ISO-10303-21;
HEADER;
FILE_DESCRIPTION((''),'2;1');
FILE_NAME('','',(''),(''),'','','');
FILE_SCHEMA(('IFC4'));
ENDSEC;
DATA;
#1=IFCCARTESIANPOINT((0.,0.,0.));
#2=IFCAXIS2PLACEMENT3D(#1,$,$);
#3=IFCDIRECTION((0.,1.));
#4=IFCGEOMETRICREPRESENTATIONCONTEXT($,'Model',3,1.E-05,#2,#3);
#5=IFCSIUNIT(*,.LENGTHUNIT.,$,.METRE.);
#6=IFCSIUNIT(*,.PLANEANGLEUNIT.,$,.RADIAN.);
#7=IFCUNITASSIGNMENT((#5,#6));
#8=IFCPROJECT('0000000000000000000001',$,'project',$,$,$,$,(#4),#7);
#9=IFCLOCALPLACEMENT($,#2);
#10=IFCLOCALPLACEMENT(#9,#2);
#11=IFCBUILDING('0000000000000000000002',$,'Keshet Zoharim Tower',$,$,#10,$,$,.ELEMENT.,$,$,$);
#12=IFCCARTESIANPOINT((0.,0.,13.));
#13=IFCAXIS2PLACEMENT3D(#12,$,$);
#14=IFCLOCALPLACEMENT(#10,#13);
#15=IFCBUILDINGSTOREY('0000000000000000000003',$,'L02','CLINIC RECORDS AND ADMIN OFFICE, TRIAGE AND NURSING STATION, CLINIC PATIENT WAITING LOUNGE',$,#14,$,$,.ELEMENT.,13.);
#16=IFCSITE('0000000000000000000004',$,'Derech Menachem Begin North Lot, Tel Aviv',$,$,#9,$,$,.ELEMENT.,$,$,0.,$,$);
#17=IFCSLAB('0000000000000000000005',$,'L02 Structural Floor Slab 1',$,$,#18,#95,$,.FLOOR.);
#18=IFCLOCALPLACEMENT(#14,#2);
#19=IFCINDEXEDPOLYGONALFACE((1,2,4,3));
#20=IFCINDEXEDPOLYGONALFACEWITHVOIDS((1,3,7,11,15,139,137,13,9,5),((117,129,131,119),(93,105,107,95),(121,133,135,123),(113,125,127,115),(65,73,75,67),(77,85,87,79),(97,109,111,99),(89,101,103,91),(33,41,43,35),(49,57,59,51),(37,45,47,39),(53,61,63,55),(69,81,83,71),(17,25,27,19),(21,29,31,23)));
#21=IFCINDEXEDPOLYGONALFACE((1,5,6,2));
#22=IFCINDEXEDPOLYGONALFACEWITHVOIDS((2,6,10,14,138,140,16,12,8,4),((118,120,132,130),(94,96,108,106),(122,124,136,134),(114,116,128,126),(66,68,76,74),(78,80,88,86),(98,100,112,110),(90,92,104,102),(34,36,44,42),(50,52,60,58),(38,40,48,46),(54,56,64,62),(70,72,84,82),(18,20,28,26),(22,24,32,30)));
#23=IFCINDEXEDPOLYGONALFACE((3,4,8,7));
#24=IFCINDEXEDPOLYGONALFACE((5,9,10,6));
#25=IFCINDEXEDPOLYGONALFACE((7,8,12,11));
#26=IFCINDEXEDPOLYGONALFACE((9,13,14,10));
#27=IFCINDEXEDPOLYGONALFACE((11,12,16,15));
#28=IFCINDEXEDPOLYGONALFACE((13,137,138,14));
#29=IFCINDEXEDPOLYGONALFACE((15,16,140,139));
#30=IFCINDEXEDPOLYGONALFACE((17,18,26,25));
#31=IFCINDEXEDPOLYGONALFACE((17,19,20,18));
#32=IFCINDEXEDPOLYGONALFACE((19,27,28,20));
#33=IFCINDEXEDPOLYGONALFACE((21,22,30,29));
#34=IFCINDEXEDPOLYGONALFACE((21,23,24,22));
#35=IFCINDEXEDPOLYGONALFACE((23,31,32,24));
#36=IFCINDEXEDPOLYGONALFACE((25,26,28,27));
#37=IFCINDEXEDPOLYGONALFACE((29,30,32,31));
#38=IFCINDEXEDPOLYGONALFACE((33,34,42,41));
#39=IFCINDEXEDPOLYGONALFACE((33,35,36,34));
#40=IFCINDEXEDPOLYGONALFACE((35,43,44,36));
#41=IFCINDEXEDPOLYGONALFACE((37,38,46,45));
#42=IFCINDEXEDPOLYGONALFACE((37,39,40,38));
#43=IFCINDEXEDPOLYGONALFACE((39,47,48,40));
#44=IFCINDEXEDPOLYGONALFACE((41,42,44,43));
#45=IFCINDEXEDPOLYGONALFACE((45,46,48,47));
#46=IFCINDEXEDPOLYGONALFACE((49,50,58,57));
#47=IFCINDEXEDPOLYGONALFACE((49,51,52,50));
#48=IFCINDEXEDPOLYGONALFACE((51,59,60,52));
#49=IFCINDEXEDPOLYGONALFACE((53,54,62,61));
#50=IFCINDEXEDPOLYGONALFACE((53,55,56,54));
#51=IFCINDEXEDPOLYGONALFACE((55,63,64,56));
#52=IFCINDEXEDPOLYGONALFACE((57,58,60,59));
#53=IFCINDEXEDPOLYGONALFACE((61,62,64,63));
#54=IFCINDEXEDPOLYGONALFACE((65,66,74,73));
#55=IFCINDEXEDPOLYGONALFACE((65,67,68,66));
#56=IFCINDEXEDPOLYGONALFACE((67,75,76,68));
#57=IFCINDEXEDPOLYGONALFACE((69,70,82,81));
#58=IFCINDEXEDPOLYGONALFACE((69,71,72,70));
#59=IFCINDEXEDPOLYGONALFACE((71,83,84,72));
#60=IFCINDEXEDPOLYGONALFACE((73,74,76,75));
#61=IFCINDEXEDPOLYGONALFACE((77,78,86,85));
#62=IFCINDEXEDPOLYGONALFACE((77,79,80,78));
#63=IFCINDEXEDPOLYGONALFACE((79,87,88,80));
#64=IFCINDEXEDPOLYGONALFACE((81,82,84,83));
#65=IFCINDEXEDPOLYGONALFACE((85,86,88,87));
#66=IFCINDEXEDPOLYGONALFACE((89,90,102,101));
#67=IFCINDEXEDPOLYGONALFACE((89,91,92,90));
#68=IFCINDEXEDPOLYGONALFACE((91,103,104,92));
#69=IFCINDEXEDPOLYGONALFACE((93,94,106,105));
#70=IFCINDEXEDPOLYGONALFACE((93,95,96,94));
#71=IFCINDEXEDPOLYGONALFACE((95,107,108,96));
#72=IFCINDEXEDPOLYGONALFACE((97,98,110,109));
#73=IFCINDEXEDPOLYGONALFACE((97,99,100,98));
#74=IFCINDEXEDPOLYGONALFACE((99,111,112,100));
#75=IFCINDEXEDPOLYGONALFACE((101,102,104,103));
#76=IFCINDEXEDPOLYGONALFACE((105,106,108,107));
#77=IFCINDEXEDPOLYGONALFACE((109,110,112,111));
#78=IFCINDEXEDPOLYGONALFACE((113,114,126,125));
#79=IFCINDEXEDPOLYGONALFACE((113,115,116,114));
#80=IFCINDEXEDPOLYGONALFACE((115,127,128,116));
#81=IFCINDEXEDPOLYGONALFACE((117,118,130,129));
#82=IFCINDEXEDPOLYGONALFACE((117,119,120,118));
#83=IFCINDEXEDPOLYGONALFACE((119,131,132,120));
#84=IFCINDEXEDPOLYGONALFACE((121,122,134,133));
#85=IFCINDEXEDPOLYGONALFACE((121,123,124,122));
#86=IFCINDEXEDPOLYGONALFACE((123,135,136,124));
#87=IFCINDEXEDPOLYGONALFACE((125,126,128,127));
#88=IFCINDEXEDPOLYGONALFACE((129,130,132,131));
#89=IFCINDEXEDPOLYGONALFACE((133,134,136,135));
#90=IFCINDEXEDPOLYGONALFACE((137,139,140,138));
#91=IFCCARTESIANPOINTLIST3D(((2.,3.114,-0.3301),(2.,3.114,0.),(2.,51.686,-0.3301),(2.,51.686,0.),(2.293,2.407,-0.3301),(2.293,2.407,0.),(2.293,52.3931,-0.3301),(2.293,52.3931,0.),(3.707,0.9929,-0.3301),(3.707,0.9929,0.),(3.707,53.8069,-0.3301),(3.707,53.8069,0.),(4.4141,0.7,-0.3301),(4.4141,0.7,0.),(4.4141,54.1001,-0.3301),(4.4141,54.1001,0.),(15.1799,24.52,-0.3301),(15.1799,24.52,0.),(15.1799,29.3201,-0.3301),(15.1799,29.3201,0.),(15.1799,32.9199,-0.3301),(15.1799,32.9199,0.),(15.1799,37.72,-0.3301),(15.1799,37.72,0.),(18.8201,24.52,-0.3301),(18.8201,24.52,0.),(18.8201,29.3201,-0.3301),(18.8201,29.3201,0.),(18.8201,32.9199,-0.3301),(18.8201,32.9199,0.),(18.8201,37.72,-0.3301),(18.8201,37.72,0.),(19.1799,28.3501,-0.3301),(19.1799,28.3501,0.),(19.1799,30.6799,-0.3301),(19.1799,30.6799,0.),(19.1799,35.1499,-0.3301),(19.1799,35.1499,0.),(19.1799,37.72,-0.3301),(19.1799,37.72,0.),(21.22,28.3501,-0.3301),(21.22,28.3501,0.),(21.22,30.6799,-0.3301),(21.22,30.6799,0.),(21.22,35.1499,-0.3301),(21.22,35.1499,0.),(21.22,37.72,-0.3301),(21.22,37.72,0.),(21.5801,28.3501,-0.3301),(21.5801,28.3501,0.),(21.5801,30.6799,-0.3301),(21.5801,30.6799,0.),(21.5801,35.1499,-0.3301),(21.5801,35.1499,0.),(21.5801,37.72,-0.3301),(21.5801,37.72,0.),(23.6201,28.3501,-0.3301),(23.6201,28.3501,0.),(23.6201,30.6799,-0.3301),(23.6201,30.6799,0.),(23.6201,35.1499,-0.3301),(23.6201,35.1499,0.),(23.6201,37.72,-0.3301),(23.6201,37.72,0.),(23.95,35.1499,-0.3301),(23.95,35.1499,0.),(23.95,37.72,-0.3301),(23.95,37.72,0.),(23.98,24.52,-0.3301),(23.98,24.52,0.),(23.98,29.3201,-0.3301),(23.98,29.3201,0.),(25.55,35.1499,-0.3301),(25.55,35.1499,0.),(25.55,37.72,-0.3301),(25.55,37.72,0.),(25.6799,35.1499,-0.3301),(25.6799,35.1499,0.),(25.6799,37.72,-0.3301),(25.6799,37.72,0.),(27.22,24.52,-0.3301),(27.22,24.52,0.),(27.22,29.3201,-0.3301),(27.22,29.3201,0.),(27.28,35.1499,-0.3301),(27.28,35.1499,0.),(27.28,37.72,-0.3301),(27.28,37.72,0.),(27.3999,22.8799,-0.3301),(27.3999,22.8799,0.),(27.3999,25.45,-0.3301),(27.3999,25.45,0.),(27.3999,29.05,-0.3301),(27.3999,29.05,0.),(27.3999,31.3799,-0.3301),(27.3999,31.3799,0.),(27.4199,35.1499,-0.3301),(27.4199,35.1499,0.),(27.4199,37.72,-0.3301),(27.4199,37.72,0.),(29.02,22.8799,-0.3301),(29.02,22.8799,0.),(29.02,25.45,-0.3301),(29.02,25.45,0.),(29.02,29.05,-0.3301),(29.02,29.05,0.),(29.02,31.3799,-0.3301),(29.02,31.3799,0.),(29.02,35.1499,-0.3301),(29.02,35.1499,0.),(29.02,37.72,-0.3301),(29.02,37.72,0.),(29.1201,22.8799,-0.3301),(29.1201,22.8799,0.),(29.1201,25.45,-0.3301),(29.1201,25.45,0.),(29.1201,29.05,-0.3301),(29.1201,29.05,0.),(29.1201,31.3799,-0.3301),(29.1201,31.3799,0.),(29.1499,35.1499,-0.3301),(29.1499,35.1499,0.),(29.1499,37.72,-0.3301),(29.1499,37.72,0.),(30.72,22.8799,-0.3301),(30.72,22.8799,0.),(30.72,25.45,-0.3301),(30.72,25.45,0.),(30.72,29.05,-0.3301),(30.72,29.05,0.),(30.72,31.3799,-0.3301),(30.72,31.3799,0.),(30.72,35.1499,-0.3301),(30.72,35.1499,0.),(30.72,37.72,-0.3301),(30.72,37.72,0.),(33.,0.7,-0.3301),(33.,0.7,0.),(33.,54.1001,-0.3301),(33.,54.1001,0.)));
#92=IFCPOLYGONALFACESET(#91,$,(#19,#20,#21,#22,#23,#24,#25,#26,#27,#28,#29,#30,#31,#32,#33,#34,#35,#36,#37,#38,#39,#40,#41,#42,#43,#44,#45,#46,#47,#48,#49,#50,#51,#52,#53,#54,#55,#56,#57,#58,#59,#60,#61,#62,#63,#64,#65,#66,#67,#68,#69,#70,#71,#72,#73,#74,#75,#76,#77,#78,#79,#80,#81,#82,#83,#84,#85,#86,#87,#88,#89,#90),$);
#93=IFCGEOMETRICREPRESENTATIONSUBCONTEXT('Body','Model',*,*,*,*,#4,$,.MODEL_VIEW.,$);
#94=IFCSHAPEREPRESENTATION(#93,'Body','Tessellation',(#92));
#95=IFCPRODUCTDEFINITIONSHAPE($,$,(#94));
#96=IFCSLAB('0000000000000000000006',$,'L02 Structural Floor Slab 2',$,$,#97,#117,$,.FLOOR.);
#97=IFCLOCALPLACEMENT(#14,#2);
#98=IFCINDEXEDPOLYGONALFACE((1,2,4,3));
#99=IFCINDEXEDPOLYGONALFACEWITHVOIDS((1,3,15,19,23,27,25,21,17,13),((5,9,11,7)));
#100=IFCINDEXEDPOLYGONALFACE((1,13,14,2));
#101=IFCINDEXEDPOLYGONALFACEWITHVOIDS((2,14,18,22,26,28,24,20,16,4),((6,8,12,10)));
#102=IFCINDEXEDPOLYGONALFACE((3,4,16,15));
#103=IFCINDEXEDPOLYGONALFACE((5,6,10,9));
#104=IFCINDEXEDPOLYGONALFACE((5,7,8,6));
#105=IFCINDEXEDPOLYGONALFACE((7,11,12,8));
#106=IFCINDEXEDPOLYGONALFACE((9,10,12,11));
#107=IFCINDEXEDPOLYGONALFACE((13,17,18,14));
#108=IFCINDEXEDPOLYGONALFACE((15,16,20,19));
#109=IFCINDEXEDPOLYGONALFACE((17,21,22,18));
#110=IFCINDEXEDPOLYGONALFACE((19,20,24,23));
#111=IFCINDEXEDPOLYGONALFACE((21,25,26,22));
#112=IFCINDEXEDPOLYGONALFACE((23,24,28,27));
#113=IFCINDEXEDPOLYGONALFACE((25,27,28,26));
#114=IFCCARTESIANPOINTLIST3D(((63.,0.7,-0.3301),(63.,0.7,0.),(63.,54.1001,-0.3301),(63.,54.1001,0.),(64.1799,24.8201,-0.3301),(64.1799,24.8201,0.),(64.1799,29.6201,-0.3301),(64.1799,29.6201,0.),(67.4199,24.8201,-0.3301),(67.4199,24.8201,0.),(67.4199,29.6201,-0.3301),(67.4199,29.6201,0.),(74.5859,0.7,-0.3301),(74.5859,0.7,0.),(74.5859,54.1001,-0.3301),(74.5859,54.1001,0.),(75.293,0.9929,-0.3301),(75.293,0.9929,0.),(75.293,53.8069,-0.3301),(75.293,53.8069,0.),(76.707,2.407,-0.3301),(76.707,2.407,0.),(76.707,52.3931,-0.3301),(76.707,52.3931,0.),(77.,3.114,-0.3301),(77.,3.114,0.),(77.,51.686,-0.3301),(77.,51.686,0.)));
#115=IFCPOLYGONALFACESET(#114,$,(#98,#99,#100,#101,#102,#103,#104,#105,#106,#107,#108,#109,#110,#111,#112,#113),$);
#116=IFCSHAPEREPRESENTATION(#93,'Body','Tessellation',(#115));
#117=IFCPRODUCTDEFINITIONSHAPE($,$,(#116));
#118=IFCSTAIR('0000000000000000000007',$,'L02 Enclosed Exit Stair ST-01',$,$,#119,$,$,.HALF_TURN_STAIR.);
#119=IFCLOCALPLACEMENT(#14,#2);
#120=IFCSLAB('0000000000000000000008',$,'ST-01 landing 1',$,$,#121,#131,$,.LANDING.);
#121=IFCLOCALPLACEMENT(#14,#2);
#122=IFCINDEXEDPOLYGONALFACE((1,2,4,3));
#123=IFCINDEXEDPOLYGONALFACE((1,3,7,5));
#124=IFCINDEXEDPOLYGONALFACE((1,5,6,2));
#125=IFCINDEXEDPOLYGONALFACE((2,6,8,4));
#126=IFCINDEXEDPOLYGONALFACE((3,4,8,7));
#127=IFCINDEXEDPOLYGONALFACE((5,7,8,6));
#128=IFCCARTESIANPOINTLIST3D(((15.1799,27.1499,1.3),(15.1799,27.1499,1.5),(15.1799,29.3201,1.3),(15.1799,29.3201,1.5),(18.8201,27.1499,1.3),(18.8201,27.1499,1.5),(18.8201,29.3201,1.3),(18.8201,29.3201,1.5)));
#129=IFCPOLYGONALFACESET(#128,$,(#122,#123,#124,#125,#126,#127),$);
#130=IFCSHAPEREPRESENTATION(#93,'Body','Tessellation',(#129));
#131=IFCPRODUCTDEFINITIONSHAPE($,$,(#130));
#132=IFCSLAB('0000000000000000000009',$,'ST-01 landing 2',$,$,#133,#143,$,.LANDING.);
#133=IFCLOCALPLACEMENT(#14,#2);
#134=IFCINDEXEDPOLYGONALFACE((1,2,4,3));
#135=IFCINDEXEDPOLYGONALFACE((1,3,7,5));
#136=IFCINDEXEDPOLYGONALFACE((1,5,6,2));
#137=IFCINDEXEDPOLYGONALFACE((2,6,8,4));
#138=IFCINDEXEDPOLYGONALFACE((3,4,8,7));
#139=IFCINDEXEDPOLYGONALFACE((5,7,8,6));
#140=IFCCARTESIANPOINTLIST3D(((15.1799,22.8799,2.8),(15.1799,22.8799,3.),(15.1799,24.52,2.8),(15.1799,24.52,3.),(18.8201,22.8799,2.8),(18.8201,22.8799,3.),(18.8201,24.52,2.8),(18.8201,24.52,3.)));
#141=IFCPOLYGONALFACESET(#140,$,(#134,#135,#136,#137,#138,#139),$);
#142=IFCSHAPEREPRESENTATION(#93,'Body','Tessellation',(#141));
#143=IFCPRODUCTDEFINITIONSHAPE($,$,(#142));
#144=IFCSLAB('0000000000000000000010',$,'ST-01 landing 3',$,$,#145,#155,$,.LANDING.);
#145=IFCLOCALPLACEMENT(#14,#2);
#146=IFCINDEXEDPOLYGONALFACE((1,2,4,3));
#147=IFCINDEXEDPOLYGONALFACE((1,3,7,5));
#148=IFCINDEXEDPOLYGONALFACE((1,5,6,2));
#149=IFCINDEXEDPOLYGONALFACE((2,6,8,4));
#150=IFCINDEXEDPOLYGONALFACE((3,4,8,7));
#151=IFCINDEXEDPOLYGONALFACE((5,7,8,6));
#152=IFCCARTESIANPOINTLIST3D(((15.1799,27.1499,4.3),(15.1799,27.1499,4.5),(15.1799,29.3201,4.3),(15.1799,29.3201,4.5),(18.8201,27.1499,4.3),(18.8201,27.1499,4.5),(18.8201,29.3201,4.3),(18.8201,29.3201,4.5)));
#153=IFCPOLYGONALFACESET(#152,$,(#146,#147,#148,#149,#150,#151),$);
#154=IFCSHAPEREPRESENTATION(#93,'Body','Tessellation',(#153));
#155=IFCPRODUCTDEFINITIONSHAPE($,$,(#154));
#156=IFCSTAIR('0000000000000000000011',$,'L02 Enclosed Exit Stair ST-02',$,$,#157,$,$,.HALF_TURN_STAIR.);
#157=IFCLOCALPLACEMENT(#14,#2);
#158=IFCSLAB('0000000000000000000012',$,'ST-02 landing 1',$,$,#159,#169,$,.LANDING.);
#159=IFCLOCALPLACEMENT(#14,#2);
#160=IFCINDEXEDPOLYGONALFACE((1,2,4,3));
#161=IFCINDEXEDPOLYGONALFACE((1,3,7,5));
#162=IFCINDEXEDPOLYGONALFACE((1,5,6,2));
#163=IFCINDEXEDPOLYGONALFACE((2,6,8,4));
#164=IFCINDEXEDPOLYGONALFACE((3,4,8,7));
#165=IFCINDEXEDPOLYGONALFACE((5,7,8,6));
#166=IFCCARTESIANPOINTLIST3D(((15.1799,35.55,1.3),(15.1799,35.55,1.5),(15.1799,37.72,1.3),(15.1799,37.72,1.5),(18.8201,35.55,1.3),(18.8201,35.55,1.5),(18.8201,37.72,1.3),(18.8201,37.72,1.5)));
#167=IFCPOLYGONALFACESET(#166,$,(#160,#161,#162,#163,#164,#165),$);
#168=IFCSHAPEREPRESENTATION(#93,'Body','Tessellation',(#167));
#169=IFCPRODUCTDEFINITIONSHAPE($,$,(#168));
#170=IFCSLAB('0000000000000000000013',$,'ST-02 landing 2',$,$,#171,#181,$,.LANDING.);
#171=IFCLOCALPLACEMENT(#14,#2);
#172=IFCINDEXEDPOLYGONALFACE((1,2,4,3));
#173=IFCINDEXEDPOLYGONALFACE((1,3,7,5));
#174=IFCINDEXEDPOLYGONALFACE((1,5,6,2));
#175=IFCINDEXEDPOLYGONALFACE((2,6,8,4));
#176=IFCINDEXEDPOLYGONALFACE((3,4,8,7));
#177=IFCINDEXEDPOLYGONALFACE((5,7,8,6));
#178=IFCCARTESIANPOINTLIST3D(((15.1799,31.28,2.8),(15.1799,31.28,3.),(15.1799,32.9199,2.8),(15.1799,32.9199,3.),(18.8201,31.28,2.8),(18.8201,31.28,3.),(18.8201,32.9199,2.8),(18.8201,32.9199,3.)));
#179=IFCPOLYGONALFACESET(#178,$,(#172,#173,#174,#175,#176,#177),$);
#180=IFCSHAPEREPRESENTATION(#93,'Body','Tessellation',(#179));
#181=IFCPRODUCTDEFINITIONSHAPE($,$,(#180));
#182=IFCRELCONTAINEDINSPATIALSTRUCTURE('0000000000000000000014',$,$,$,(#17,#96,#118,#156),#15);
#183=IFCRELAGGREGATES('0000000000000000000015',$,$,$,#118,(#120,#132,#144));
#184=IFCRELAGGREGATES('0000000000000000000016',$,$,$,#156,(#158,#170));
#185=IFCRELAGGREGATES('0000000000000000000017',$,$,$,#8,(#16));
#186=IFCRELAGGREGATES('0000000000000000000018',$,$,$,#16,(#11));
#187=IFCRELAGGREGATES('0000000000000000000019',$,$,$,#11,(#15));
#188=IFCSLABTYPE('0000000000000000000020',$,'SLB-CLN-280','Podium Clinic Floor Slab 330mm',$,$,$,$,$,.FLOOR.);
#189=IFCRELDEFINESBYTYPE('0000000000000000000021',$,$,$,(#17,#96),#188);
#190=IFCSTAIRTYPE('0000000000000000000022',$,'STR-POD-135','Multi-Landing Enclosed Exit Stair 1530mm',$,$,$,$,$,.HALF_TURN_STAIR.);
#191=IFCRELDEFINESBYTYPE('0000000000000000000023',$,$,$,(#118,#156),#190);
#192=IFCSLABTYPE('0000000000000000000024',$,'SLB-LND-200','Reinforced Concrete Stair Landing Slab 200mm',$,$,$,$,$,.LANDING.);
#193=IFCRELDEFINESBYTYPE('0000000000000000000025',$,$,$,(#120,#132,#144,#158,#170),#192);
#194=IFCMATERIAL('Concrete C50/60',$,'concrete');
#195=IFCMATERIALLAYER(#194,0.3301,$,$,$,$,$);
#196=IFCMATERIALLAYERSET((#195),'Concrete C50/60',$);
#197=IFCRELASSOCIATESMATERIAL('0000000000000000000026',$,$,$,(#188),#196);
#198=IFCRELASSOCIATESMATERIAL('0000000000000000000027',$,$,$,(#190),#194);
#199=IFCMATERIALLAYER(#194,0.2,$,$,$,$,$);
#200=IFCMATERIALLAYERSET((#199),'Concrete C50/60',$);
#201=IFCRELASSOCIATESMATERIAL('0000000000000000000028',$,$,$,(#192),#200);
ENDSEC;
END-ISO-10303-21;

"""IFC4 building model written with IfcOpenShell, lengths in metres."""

from ifc_helpers import new_model, si_unit, direction, frame, origin, place, context, subcontext, project, spatial, polyline, outline, extrude, material, layer, layer_set, type_object, element, aggregate, save


model = new_model("IFC4")

# Units and contexts
model_context = context("Model", 3, precision=1e-05, world=origin(), true_north=direction((0.0, 1.0)))
body_context = subcontext(model_context, "Body", "Model", "MODEL_VIEW")
ifc_project = project(units=[si_unit("LENGTHUNIT", "METRE"), si_unit("PLANEANGLEUNIT", "RADIAN")], contexts=[model_context])

# Site, building, storey
site_placement = place(None, origin())
site = spatial("IfcSite", under=ifc_project, at=site_placement, Name="Derech Menachem Begin North Lot, Tel Aviv", CompositionType="ELEMENT", RefElevation=0.0)
building_placement = place(site_placement, origin())
building = spatial("IfcBuilding", under=site, at=building_placement, Name="Keshet Zoharim Tower", CompositionType="ELEMENT")
storey_placement = place(building_placement, frame((0.0, 0.0, 13.0)))
storey = spatial("IfcBuildingStorey", under=building, at=storey_placement, Name="L02", Description="CLINIC RECORDS AND ADMIN OFFICE, TRIAGE AND NURSING STATION, CLINIC PATIENT WAITING LOUNGE", CompositionType="ELEMENT", Elevation=13.0)

# Slabs
ifc_material_1 = material(Name="Concrete C50/60", Category="concrete")
ifc_layer_1 = layer(ifc_material_1, 0.3301)
ifc_layer_set_1 = layer_set([ifc_layer_1], Name="Concrete C50/60")
slab_type_1 = type_object("IfcSlabType", Name="SLB-CLN-280", Description="Podium Clinic Floor Slab 330mm", PredefinedType="FLOOR", material=ifc_layer_set_1)
slab_1_placement = place(storey_placement, frame((0.0, 0.0, -0.3301)))
element("IfcSlab", 1, at=slab_1_placement, inside=storey, type_object=slab_type_1, Name="L02 Structural Floor Slab 1", PredefinedType="FLOOR", context=body_context, shape_type="SweptSolid", body=[
    extrude(outline(polyline([(2.0, 3.114), (2.0, 51.686), (2.293, 52.3931), (3.707, 53.8069), (4.4141, 54.1001), (33.0, 54.1001), (33.0, 0.7), (4.4141, 0.7), (3.707, 0.9929), (2.293, 2.407), (2.0, 3.114)]), holes=[polyline([(15.1799, 24.52), (18.8201, 24.52), (18.8201, 29.3201), (15.1799, 29.3201), (15.1799, 24.52)]), polyline([(15.1799, 32.9199), (18.8201, 32.9199), (18.8201, 37.72), (15.1799, 37.72), (15.1799, 32.9199)]), polyline([(23.98, 24.52), (27.22, 24.52), (27.22, 29.3201), (23.98, 29.3201), (23.98, 24.52)]), polyline([(19.1799, 35.1499), (21.22, 35.1499), (21.22, 37.72), (19.1799, 37.72), (19.1799, 35.1499)]), polyline([(21.5801, 35.1499), (23.6201, 35.1499), (23.6201, 37.72), (21.5801, 37.72), (21.5801, 35.1499)]), polyline([(19.1799, 28.3501), (21.22, 28.3501), (21.22, 30.6799), (19.1799, 30.6799), (19.1799, 28.3501)]), polyline([(21.5801, 28.3501), (23.6201, 28.3501), (23.6201, 30.6799), (21.5801, 30.6799), (21.5801, 28.3501)]), polyline([(23.95, 35.1499), (25.55, 35.1499), (25.55, 37.72), (23.95, 37.72), (23.95, 35.1499)]), polyline([(25.6799, 35.1499), (27.28, 35.1499), (27.28, 37.72), (25.6799, 37.72), (25.6799, 35.1499)]), polyline([(27.4199, 35.1499), (29.02, 35.1499), (29.02, 37.72), (27.4199, 37.72), (27.4199, 35.1499)]), polyline([(29.1499, 35.1499), (30.72, 35.1499), (30.72, 37.72), (29.1499, 37.72), (29.1499, 35.1499)]), polyline([(27.3999, 29.05), (29.02, 29.05), (29.02, 31.3799), (27.3999, 31.3799), (27.3999, 29.05)]), polyline([(29.1201, 29.05), (30.72, 29.05), (30.72, 31.3799), (29.1201, 31.3799), (29.1201, 29.05)]), polyline([(27.3999, 22.8799), (29.02, 22.8799), (29.02, 25.45), (27.3999, 25.45), (27.3999, 22.8799)]), polyline([(29.1201, 22.8799), (30.72, 22.8799), (30.72, 25.45), (29.1201, 25.45), (29.1201, 22.8799)])]), origin(), (0.0, 0.0, 1.0), 0.3301),
])
slab_2_placement = place(storey_placement, frame((0.0, 0.0, -0.3301)))
element("IfcSlab", 2, at=slab_2_placement, inside=storey, type_object=slab_type_1, Name="L02 Structural Floor Slab 2", PredefinedType="FLOOR", context=body_context, shape_type="SweptSolid", body=[
    extrude(outline(polyline([(74.5859, 54.1001), (75.293, 53.8069), (76.707, 52.3931), (77.0, 51.686), (77.0, 3.114), (76.707, 2.407), (75.293, 0.9929), (74.5859, 0.7), (63.0, 0.7), (63.0, 54.1001), (74.5859, 54.1001)]), holes=[polyline([(64.1799, 24.8201), (67.4199, 24.8201), (67.4199, 29.6201), (64.1799, 29.6201), (64.1799, 24.8201)])]), origin(), (0.0, 0.0, 1.0), 0.3301),
])

# Stairs, slabs
stair_type = type_object("IfcStairType", Name="STR-POD-135", Description="Multi-Landing Enclosed Exit Stair 1530mm", PredefinedType="HALF_TURN_STAIR", material=ifc_material_1)
stair_1_placement = place(storey_placement, origin())
stair_1 = element("IfcStair", 3, at=stair_1_placement, inside=storey, type_object=stair_type, Name="L02 Enclosed Exit Stair ST-01", PredefinedType="HALF_TURN_STAIR")
ifc_layer_2 = layer(ifc_material_1, 0.2)
ifc_layer_set_2 = layer_set([ifc_layer_2], Name="Concrete C50/60")
slab_type_2 = type_object("IfcSlabType", Name="SLB-LND-200", Description="Reinforced Concrete Stair Landing Slab 200mm", PredefinedType="LANDING", material=ifc_layer_set_2)
slab_3_placement = place(storey_placement, frame((0.0, 0.0, 1.3)))
slab_3 = element("IfcSlab", 4, at=slab_3_placement, type_object=slab_type_2, Name="ST-01 landing 1", PredefinedType="LANDING", context=body_context, shape_type="SweptSolid", body=[
    extrude(outline(polyline([(15.1799, 27.1499), (18.8201, 27.1499), (18.8201, 29.3201), (15.1799, 29.3201), (15.1799, 27.1499)])), origin(), (0.0, 0.0, 1.0), 0.2),
])
slab_4_placement = place(storey_placement, frame((0.0, 0.0, 2.8)))
slab_4 = element("IfcSlab", 5, at=slab_4_placement, type_object=slab_type_2, Name="ST-01 landing 2", PredefinedType="LANDING", context=body_context, shape_type="SweptSolid", body=[
    extrude(outline(polyline([(15.1799, 22.8799), (18.8201, 22.8799), (18.8201, 24.52), (15.1799, 24.52), (15.1799, 22.8799)])), origin(), (0.0, 0.0, 1.0), 0.2),
])
slab_5_placement = place(storey_placement, frame((0.0, 0.0, 4.3)))
slab_5 = element("IfcSlab", 6, at=slab_5_placement, type_object=slab_type_2, Name="ST-01 landing 3", PredefinedType="LANDING", context=body_context, shape_type="SweptSolid", body=[
    extrude(outline(polyline([(15.1799, 27.1499), (18.8201, 27.1499), (18.8201, 29.3201), (15.1799, 29.3201), (15.1799, 27.1499)])), origin(), (0.0, 0.0, 1.0), 0.2),
])
aggregate(stair_1, [slab_3, slab_4, slab_5])
stair_2_placement = place(storey_placement, origin())
stair_2 = element("IfcStair", 7, at=stair_2_placement, inside=storey, type_object=stair_type, Name="L02 Enclosed Exit Stair ST-02", PredefinedType="HALF_TURN_STAIR")
slab_6_placement = place(storey_placement, frame((0.0, 0.0, 1.3)))
slab_6 = element("IfcSlab", 8, at=slab_6_placement, type_object=slab_type_2, Name="ST-02 landing 1", PredefinedType="LANDING", context=body_context, shape_type="SweptSolid", body=[
    extrude(outline(polyline([(15.1799, 35.55), (18.8201, 35.55), (18.8201, 37.72), (15.1799, 37.72), (15.1799, 35.55)])), origin(), (0.0, 0.0, 1.0), 0.2),
])
slab_7_placement = place(storey_placement, frame((0.0, 0.0, 2.8)))
slab_7 = element("IfcSlab", 9, at=slab_7_placement, type_object=slab_type_2, Name="ST-02 landing 2", PredefinedType="LANDING", context=body_context, shape_type="SweptSolid", body=[
    extrude(outline(polyline([(15.1799, 31.28), (18.8201, 31.28), (18.8201, 32.9199), (15.1799, 32.9199), (15.1799, 31.28)])), origin(), (0.0, 0.0, 1.0), 0.2),
])
aggregate(stair_2, [slab_6, slab_7])

save(model, "model.ifc")
